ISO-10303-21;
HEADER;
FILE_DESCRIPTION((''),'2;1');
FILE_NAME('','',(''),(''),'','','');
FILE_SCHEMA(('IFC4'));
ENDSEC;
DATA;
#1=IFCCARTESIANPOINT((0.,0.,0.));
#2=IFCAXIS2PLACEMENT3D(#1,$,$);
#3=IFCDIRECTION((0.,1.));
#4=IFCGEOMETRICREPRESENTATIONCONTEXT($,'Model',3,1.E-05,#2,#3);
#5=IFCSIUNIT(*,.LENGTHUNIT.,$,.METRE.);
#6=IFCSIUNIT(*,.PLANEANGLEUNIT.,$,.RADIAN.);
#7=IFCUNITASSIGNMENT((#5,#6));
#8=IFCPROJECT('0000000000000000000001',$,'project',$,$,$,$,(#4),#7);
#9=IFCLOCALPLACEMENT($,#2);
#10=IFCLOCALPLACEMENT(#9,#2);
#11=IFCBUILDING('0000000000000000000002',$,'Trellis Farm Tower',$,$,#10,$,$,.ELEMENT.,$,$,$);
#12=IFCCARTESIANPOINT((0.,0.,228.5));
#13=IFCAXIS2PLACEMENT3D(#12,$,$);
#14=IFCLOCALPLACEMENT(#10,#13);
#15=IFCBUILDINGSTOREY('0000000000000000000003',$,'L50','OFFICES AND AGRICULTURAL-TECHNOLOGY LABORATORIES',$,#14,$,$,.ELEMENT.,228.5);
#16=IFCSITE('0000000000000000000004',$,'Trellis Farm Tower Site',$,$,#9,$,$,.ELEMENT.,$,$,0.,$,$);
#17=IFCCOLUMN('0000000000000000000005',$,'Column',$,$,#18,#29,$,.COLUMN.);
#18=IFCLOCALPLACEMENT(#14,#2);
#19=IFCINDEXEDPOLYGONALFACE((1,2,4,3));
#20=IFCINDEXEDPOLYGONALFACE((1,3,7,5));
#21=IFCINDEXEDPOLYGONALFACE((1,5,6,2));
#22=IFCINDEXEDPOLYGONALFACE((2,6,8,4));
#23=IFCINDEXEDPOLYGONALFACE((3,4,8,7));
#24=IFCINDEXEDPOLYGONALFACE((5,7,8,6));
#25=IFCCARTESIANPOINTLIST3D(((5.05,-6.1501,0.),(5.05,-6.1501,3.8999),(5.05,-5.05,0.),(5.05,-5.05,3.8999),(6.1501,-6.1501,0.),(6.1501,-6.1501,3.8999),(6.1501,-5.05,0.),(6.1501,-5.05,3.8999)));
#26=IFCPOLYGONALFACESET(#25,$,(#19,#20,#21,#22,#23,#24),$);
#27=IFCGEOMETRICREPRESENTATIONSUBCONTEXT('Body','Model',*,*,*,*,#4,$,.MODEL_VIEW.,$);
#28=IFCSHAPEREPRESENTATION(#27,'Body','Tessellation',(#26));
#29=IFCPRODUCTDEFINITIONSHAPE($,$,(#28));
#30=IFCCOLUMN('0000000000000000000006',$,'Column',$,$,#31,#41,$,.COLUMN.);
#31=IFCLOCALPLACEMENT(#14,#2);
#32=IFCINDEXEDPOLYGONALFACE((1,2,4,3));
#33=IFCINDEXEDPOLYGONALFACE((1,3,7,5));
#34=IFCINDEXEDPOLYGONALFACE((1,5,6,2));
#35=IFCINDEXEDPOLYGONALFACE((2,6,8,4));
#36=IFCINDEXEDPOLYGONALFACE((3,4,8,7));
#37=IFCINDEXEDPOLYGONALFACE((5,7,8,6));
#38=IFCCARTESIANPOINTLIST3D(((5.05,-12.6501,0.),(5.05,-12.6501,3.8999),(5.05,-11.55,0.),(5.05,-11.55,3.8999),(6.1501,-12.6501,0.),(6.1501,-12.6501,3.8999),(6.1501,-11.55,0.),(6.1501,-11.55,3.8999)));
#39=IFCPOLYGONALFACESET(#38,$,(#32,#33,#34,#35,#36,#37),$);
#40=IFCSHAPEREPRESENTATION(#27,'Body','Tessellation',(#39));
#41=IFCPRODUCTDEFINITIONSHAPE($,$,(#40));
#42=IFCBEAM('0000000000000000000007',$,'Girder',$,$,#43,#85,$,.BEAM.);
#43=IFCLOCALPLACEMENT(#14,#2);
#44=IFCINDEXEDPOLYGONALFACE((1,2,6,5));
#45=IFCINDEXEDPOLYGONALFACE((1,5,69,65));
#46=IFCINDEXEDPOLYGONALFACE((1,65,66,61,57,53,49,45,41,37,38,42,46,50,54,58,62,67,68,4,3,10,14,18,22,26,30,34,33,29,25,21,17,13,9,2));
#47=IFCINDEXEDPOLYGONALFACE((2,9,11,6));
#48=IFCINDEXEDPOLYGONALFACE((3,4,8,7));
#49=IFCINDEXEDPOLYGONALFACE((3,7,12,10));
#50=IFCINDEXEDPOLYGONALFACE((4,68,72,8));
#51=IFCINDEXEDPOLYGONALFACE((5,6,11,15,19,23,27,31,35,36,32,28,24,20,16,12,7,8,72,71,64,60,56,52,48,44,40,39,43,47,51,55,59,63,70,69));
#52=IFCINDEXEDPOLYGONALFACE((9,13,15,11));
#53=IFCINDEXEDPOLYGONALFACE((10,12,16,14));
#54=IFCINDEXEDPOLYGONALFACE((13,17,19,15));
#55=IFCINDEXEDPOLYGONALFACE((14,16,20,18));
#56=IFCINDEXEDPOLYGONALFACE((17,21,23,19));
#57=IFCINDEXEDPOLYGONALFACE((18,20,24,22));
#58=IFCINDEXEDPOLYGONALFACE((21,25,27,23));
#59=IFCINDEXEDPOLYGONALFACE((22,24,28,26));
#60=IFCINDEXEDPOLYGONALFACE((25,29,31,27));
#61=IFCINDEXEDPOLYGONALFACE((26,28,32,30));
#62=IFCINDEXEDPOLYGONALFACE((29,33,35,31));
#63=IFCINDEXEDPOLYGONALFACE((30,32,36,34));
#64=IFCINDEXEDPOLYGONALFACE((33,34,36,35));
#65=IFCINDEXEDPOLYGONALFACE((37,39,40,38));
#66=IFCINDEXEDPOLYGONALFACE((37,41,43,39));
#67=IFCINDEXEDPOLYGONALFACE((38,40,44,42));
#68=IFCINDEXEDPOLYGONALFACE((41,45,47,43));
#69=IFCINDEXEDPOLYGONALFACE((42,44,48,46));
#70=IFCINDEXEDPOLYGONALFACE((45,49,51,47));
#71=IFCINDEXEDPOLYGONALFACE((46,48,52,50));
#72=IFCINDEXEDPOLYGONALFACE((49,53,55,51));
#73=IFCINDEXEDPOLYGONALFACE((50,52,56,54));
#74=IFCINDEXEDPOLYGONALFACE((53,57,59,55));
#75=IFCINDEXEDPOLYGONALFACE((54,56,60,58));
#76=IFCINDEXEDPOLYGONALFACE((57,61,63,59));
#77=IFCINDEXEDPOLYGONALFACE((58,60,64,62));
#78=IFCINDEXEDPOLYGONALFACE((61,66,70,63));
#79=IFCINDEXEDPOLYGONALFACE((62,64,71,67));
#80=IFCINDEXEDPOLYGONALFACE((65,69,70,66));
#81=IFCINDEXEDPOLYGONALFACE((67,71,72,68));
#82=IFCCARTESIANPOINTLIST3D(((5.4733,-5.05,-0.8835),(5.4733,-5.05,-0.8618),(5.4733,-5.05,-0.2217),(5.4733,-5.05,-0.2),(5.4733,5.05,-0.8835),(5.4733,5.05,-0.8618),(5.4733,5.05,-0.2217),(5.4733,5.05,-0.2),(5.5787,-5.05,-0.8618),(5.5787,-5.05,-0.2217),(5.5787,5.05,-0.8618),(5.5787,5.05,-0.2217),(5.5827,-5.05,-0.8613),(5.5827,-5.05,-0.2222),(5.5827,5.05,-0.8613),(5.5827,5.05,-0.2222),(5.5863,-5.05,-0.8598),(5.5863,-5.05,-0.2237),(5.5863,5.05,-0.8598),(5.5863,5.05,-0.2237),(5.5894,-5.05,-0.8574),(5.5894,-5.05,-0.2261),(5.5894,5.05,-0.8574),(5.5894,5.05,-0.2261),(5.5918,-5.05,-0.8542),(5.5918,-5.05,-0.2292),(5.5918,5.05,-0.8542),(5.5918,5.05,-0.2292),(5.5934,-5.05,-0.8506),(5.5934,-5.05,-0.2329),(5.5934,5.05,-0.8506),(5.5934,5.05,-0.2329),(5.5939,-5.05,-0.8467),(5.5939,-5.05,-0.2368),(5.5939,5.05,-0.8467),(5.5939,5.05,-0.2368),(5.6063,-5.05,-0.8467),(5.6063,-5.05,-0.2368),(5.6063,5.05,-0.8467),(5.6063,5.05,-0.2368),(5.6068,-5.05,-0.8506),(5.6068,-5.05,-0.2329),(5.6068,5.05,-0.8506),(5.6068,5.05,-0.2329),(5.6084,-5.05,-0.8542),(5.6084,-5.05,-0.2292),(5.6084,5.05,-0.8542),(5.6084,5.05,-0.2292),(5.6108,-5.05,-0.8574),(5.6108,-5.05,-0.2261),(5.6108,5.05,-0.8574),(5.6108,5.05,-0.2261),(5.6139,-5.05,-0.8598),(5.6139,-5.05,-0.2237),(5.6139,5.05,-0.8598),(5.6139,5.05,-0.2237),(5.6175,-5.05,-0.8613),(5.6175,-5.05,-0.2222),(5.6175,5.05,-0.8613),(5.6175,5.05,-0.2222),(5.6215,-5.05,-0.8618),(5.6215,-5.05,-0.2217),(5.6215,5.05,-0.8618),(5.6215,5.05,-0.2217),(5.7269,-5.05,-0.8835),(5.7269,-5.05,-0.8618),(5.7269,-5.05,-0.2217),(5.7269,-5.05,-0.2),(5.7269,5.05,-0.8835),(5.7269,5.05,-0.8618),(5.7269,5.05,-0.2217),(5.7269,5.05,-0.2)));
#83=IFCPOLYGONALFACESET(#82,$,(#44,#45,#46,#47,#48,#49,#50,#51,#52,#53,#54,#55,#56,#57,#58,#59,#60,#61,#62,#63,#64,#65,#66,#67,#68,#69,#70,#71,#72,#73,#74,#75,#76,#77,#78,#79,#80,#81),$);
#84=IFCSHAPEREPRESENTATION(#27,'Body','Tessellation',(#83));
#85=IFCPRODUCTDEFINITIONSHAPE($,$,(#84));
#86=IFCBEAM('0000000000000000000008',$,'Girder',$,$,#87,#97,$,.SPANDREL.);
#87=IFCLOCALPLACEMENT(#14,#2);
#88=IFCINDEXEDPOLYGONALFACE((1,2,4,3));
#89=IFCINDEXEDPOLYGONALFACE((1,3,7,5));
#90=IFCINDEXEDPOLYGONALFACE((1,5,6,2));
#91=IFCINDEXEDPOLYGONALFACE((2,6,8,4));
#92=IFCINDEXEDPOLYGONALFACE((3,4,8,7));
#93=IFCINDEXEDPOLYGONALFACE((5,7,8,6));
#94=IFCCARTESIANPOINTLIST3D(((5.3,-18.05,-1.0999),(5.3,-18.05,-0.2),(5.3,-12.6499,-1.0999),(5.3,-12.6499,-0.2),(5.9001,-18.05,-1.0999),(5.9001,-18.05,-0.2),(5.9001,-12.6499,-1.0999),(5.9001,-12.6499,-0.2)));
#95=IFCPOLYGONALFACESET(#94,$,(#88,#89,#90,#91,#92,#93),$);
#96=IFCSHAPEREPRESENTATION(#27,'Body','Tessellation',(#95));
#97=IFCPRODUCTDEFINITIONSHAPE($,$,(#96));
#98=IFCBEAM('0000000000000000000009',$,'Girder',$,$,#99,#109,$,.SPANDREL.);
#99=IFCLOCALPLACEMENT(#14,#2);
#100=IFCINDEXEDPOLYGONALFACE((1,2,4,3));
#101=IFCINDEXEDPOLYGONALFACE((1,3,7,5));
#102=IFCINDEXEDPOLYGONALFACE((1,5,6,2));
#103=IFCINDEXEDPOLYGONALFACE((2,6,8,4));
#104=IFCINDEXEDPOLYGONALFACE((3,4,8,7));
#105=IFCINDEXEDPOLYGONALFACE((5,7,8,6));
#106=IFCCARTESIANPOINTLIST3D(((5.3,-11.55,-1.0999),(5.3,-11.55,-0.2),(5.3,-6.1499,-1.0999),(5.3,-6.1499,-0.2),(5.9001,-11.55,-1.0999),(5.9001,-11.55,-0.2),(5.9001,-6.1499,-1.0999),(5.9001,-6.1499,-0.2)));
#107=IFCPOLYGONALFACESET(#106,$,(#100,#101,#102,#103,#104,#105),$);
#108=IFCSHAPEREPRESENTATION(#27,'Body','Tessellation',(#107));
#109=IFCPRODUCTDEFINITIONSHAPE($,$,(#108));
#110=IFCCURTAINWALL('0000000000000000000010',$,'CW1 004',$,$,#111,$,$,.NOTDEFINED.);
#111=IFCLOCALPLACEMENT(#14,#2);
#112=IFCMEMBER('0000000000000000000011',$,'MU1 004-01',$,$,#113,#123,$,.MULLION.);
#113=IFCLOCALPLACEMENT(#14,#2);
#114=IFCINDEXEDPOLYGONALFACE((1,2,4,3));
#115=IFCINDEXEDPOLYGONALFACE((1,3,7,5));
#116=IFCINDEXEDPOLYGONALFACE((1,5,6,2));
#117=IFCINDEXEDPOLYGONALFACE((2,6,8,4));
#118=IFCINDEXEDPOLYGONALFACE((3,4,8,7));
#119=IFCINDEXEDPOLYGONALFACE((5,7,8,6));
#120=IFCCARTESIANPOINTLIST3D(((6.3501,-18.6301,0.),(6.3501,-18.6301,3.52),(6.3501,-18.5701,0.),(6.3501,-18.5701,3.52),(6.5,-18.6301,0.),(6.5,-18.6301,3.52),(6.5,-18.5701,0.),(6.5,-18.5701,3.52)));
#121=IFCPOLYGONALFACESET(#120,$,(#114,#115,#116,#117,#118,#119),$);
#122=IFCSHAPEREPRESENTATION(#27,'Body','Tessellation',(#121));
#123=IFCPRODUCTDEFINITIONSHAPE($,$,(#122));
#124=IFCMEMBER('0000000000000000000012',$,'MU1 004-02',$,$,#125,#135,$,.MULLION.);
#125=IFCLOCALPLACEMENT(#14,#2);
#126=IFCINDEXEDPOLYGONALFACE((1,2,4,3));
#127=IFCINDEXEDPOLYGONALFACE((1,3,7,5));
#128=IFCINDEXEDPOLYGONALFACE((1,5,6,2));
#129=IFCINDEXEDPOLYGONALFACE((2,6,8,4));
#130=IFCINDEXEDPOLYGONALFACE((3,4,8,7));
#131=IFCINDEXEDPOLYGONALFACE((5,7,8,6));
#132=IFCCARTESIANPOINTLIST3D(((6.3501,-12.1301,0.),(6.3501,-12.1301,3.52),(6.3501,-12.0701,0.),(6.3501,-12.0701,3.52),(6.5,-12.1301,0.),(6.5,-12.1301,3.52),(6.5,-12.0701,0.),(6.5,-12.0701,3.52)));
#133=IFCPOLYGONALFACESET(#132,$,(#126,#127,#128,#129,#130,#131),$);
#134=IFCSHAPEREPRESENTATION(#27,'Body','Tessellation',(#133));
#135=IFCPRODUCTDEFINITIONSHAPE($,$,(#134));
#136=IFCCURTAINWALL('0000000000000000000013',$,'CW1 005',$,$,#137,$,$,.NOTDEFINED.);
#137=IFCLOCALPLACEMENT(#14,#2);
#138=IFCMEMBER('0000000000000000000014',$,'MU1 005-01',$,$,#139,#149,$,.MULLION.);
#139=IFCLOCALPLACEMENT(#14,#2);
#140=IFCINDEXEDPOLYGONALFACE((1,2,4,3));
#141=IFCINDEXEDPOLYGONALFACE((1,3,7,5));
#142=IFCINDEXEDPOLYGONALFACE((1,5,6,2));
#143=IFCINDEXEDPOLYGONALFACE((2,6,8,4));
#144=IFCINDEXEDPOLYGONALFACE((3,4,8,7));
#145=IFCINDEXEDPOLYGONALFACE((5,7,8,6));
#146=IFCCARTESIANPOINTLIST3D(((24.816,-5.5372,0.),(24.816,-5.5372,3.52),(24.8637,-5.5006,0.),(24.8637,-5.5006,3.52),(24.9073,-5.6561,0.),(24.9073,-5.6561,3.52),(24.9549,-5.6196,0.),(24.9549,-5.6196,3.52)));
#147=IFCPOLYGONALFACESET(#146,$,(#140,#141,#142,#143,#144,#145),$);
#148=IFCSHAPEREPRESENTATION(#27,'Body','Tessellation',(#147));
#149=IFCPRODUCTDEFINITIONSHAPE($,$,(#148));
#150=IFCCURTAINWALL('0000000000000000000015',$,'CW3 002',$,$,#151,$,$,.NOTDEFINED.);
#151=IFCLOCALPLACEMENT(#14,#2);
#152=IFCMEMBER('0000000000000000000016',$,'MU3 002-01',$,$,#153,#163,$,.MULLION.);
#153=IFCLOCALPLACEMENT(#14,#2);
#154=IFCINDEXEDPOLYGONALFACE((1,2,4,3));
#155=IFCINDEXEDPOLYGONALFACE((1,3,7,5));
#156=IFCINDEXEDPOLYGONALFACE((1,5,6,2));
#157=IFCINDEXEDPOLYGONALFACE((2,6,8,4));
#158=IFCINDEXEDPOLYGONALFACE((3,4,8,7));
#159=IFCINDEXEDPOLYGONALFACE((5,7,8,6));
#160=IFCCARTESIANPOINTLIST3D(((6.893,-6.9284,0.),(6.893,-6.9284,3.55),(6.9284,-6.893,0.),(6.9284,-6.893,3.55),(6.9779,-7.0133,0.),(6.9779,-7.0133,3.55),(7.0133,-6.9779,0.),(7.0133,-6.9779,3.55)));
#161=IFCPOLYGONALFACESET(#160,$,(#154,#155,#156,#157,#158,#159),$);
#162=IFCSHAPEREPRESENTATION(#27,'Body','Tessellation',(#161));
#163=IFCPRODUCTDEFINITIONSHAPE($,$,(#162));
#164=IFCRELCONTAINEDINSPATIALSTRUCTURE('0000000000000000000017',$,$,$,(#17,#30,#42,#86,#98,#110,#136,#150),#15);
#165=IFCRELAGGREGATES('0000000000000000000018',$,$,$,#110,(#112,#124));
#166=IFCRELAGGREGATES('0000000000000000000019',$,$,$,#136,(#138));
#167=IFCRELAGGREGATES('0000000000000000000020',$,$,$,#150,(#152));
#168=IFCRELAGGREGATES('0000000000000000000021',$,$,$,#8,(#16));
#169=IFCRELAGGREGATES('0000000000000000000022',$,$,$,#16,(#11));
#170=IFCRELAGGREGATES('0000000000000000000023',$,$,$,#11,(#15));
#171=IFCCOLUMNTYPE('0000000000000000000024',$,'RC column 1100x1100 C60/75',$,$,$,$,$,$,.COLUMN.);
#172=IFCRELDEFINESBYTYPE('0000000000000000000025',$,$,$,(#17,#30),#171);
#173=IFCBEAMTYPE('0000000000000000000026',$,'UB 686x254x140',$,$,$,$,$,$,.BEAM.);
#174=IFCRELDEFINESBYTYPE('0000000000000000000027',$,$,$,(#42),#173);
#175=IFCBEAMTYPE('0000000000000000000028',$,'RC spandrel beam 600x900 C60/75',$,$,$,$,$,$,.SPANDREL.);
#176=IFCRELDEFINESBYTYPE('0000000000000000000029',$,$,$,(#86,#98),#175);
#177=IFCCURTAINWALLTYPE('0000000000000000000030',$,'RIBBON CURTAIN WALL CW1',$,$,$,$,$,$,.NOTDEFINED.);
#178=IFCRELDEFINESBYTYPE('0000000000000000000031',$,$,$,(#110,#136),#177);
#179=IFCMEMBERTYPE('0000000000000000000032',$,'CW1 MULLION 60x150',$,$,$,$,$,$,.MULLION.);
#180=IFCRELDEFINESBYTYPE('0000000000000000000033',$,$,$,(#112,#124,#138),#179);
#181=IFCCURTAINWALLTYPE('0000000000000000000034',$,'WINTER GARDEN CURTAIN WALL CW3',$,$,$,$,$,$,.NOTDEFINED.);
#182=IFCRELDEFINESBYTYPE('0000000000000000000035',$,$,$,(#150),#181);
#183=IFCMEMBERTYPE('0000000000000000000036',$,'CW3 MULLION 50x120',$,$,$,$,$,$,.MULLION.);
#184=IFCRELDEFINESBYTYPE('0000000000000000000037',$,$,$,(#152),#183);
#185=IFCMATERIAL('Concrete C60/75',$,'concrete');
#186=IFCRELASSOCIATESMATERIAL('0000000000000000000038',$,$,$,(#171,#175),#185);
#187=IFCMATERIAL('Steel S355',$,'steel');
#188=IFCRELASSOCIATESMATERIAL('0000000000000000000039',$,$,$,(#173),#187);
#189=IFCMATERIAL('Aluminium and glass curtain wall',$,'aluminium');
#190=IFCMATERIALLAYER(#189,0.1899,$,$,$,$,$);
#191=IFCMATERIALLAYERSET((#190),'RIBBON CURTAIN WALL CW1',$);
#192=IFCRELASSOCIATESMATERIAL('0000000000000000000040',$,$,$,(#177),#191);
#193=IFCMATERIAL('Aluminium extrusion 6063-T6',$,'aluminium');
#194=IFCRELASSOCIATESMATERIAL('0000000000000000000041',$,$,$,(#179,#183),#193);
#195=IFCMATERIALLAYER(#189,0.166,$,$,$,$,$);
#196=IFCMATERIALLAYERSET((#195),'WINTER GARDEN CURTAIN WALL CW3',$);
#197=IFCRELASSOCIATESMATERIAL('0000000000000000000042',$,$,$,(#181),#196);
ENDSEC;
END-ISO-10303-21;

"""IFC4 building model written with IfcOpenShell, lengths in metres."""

from ifc_helpers import new_model, si_unit, direction, frame, origin, origin_2d, place, context, subcontext, project, spatial, rectangle, i_section, extrude, source, transform, mapped, material, layer, layer_set, material_profile, profile_set, type_object, element, aggregate, save


model = new_model("IFC4")

# Units and contexts
model_context = context("Model", 3, precision=1e-05, world=origin(), true_north=direction((0.0, 1.0)))
body_context = subcontext(model_context, "Body", "Model", "MODEL_VIEW")
ifc_project = project(units=[si_unit("LENGTHUNIT", "METRE"), si_unit("PLANEANGLEUNIT", "RADIAN")], contexts=[model_context])

# Site, building, storey
site_placement = place(None, origin())
site = spatial("IfcSite", under=ifc_project, at=site_placement, Name="Trellis Farm Tower Site", CompositionType="ELEMENT", RefElevation=0.0)
building_placement = place(site_placement, origin())
building = spatial("IfcBuilding", under=site, at=building_placement, Name="Trellis Farm Tower", CompositionType="ELEMENT")
storey_placement = place(building_placement, frame((0.0, 0.0, 228.5)))
storey = spatial("IfcBuildingStorey", under=building, at=storey_placement, Name="L50", Description="OFFICES AND AGRICULTURAL-TECHNOLOGY LABORATORIES", CompositionType="ELEMENT", Elevation=228.5)

# Columns
ifc_material_1 = material(Name="Concrete C60/75", Category="concrete")
ifc_material_profile_1 = material_profile(ifc_material_1, rectangle(XDim=1.1001, YDim=1.1001, at=origin_2d()), Name="RC column 1100x1100 C60/75")
ifc_profile_set_1 = profile_set([ifc_material_profile_1], Name="Concrete C60/75")
column_type = type_object("IfcColumnType", Name="RC column 1100x1100 C60/75", PredefinedType="COLUMN", material=ifc_profile_set_1)
shared_shape_1 = source(origin(), body_context, "Body", "SweptSolid", [
    extrude(rectangle(XDim=1.1001, YDim=1.1001, at=origin_2d()), origin(), (0.0, 0.0, 1.0), 3.8999),
])
for number, where, z_axis, x_axis, name in (
    (1, (5.6001, -5.6001, 0.0), (0.0, 0.0, 1.0), (1.0, 0.0, 0.0), "Column"),
    (2, (5.6001, -12.1001, 0.0), (0.0, 0.0, 1.0), (1.0, 0.0, 0.0), "Column"),
):
    element("IfcColumn", number, at=place(storey_placement, frame(where, z_axis=z_axis, x_axis=x_axis)), inside=storey, type_object=column_type, Name=name, PredefinedType="COLUMN", context=body_context, shape_type="MappedRepresentation", body=[
        mapped(shared_shape_1, transform((0.0, 0.0, 0.0))),
    ])

# Beams
ifc_material_2 = material(Name="Steel S355", Category="steel")
ifc_material_profile_2 = material_profile(ifc_material_2, i_section(OverallWidth=0.2537, OverallDepth=0.6836, WebThickness=0.0125, FlangeThickness=0.0217, FilletRadius=0.0151, at=origin_2d()), Name="UB 686x254x140")
ifc_profile_set_2 = profile_set([ifc_material_profile_2], Name="Steel S355")
beam_type_1 = type_object("IfcBeamType", Name="UB 686x254x140", PredefinedType="BEAM", material=ifc_profile_set_2)
shared_shape_2 = source(origin(), body_context, "Body", "SweptSolid", [
    extrude(i_section(OverallWidth=0.2537, OverallDepth=0.6836, WebThickness=0.0125, FlangeThickness=0.0217, FilletRadius=0.0151, at=origin_2d()), origin(), (0.0, 0.0, 1.0), 10.1001),
])
beam_placement = place(storey_placement, frame((5.6001, -5.05, -0.5417), z_axis=(0.0, 1.0, 0.0), x_axis=(-1.0, 0.0, 0.0)))
element("IfcBeam", 3, at=beam_placement, inside=storey, type_object=beam_type_1, Name="Girder", PredefinedType="BEAM", context=body_context, shape_type="MappedRepresentation", body=[
    mapped(shared_shape_2, transform((0.0, 0.0, 0.0))),
])
ifc_material_profile_3 = material_profile(ifc_material_1, rectangle(XDim=0.6001, YDim=0.8999, at=origin_2d()), Name="RC spandrel beam 600x900 C60/75")
ifc_profile_set_3 = profile_set([ifc_material_profile_3], Name="Concrete C60/75")
beam_type_2 = type_object("IfcBeamType", Name="RC spandrel beam 600x900 C60/75", PredefinedType="SPANDREL", material=ifc_profile_set_3)
shared_shape_3 = source(origin(), body_context, "Body", "SweptSolid", [
    extrude(rectangle(XDim=0.6001, YDim=0.8999, at=origin_2d()), origin(), (0.0, 0.0, 1.0), 5.4001),
])
for number, where, z_axis, x_axis, name in (
    (4, (5.6001, -18.05, -0.6499), (0.0, 1.0, 0.0), (-1.0, 0.0, 0.0), "Girder"),
    (5, (5.6001, -11.55, -0.6499), (0.0, 1.0, 0.0), (-1.0, 0.0, 0.0), "Girder"),
):
    element("IfcBeam", number, at=place(storey_placement, frame(where, z_axis=z_axis, x_axis=x_axis)), inside=storey, type_object=beam_type_2, Name=name, PredefinedType="SPANDREL", context=body_context, shape_type="MappedRepresentation", body=[
        mapped(shared_shape_3, transform((0.0, 0.0, 0.0))),
    ])

# Curtain wall, members
ifc_material_3 = material(Name="Aluminium and glass curtain wall", Category="aluminium")
ifc_layer_1 = layer(ifc_material_3, 0.1899)
ifc_layer_set_1 = layer_set([ifc_layer_1], Name="RIBBON CURTAIN WALL CW1")
curtain_wall_type_1 = type_object("IfcCurtainWallType", Name="RIBBON CURTAIN WALL CW1", PredefinedType="NOTDEFINED", material=ifc_layer_set_1)
placement = place(storey_placement, origin())
curtain_wall_1 = element("IfcCurtainWall", 6, at=placement, inside=storey, type_object=curtain_wall_type_1, Name="CW1 004", PredefinedType="NOTDEFINED")
ifc_material_4 = material(Name="Aluminium extrusion 6063-T6", Category="aluminium")
ifc_material_profile_4 = material_profile(ifc_material_4, rectangle(XDim=0.0601, YDim=0.1499, at=origin_2d()), Name="MULLION 60x150")
ifc_profile_set_4 = profile_set([ifc_material_profile_4], Name="Aluminium extrusion 6063-T6")
member_type_1 = type_object("IfcMemberType", Name="CW1 MULLION 60x150", PredefinedType="MULLION", material=ifc_profile_set_4)
shared_shape_4 = source(origin(), body_context, "Body", "SweptSolid", [
    extrude(rectangle(XDim=0.0601, YDim=0.1499, at=origin_2d()), origin(), (0.0, 0.0, 1.0), 3.52),
])
member_1_placement = place(storey_placement, frame((6.425, -18.6001, 0.0), z_axis=(0.0, 0.0, 1.0), x_axis=(0.0, 1.0, 0.0)))
member_1 = element("IfcMember", 7, at=member_1_placement, type_object=member_type_1, Name="MU1 004-01", PredefinedType="MULLION", context=body_context, shape_type="MappedRepresentation", body=[
    mapped(shared_shape_4, transform((0.0, 0.0, 0.0))),
])
member_2_placement = place(storey_placement, frame((6.425, -12.1001, 0.0), z_axis=(0.0, 0.0, 1.0), x_axis=(0.0, 1.0, 0.0)))
member_2 = element("IfcMember", 8, at=member_2_placement, type_object=member_type_1, Name="MU1 004-02", PredefinedType="MULLION", context=body_context, shape_type="MappedRepresentation", body=[
    mapped(shared_shape_4, transform((0.0, 0.0, 0.0))),
])
aggregate(curtain_wall_1, [member_1, member_2])

# Curtain walls, members
curtain_wall_2 = element("IfcCurtainWall", 9, at=placement, inside=storey, type_object=curtain_wall_type_1, Name="CW1 005", PredefinedType="NOTDEFINED")
member_3_placement = place(storey_placement, frame((24.8855, -5.5784, 0.0), z_axis=(0.0, 0.0, 1.0), x_axis=(0.793353, 0.608761, 0.0)))
member_3 = element("IfcMember", 10, at=member_3_placement, type_object=member_type_1, Name="MU1 005-01", PredefinedType="MULLION", context=body_context, shape_type="MappedRepresentation", body=[
    mapped(shared_shape_4, transform((0.0, 0.0, 0.0))),
])
aggregate(curtain_wall_2, [member_3])
ifc_layer_2 = layer(ifc_material_3, 0.166)
ifc_layer_set_2 = layer_set([ifc_layer_2], Name="WINTER GARDEN CURTAIN WALL CW3")
curtain_wall_type_2 = type_object("IfcCurtainWallType", Name="WINTER GARDEN CURTAIN WALL CW3", PredefinedType="NOTDEFINED", material=ifc_layer_set_2)
curtain_wall_3 = element("IfcCurtainWall", 11, at=placement, inside=storey, type_object=curtain_wall_type_2, Name="CW3 002", PredefinedType="NOTDEFINED")
ifc_material_profile_5 = material_profile(ifc_material_4, rectangle(XDim=0.05, YDim=0.1201, at=origin_2d()), Name="MULLION 50x120")
ifc_profile_set_5 = profile_set([ifc_material_profile_5], Name="Aluminium extrusion 6063-T6")
member_type_2 = type_object("IfcMemberType", Name="CW3 MULLION 50x120", PredefinedType="MULLION", material=ifc_profile_set_5)
shared_shape_5 = source(origin(), body_context, "Body", "SweptSolid", [
    extrude(rectangle(XDim=0.05, YDim=0.1201, at=origin_2d()), origin(), (0.0, 0.0, 1.0), 3.55),
])
member_4_placement = place(storey_placement, frame((6.9531, -6.9531, 0.0), z_axis=(0.0, 0.0, 1.0), x_axis=(0.707107, 0.707107, 0.0)))
member_4 = element("IfcMember", 12, at=member_4_placement, type_object=member_type_2, Name="MU3 002-01", PredefinedType="MULLION", context=body_context, shape_type="MappedRepresentation", body=[
    mapped(shared_shape_5, transform((0.0, 0.0, 0.0))),
])
aggregate(curtain_wall_3, [member_4])

save(model, "model.ifc")
